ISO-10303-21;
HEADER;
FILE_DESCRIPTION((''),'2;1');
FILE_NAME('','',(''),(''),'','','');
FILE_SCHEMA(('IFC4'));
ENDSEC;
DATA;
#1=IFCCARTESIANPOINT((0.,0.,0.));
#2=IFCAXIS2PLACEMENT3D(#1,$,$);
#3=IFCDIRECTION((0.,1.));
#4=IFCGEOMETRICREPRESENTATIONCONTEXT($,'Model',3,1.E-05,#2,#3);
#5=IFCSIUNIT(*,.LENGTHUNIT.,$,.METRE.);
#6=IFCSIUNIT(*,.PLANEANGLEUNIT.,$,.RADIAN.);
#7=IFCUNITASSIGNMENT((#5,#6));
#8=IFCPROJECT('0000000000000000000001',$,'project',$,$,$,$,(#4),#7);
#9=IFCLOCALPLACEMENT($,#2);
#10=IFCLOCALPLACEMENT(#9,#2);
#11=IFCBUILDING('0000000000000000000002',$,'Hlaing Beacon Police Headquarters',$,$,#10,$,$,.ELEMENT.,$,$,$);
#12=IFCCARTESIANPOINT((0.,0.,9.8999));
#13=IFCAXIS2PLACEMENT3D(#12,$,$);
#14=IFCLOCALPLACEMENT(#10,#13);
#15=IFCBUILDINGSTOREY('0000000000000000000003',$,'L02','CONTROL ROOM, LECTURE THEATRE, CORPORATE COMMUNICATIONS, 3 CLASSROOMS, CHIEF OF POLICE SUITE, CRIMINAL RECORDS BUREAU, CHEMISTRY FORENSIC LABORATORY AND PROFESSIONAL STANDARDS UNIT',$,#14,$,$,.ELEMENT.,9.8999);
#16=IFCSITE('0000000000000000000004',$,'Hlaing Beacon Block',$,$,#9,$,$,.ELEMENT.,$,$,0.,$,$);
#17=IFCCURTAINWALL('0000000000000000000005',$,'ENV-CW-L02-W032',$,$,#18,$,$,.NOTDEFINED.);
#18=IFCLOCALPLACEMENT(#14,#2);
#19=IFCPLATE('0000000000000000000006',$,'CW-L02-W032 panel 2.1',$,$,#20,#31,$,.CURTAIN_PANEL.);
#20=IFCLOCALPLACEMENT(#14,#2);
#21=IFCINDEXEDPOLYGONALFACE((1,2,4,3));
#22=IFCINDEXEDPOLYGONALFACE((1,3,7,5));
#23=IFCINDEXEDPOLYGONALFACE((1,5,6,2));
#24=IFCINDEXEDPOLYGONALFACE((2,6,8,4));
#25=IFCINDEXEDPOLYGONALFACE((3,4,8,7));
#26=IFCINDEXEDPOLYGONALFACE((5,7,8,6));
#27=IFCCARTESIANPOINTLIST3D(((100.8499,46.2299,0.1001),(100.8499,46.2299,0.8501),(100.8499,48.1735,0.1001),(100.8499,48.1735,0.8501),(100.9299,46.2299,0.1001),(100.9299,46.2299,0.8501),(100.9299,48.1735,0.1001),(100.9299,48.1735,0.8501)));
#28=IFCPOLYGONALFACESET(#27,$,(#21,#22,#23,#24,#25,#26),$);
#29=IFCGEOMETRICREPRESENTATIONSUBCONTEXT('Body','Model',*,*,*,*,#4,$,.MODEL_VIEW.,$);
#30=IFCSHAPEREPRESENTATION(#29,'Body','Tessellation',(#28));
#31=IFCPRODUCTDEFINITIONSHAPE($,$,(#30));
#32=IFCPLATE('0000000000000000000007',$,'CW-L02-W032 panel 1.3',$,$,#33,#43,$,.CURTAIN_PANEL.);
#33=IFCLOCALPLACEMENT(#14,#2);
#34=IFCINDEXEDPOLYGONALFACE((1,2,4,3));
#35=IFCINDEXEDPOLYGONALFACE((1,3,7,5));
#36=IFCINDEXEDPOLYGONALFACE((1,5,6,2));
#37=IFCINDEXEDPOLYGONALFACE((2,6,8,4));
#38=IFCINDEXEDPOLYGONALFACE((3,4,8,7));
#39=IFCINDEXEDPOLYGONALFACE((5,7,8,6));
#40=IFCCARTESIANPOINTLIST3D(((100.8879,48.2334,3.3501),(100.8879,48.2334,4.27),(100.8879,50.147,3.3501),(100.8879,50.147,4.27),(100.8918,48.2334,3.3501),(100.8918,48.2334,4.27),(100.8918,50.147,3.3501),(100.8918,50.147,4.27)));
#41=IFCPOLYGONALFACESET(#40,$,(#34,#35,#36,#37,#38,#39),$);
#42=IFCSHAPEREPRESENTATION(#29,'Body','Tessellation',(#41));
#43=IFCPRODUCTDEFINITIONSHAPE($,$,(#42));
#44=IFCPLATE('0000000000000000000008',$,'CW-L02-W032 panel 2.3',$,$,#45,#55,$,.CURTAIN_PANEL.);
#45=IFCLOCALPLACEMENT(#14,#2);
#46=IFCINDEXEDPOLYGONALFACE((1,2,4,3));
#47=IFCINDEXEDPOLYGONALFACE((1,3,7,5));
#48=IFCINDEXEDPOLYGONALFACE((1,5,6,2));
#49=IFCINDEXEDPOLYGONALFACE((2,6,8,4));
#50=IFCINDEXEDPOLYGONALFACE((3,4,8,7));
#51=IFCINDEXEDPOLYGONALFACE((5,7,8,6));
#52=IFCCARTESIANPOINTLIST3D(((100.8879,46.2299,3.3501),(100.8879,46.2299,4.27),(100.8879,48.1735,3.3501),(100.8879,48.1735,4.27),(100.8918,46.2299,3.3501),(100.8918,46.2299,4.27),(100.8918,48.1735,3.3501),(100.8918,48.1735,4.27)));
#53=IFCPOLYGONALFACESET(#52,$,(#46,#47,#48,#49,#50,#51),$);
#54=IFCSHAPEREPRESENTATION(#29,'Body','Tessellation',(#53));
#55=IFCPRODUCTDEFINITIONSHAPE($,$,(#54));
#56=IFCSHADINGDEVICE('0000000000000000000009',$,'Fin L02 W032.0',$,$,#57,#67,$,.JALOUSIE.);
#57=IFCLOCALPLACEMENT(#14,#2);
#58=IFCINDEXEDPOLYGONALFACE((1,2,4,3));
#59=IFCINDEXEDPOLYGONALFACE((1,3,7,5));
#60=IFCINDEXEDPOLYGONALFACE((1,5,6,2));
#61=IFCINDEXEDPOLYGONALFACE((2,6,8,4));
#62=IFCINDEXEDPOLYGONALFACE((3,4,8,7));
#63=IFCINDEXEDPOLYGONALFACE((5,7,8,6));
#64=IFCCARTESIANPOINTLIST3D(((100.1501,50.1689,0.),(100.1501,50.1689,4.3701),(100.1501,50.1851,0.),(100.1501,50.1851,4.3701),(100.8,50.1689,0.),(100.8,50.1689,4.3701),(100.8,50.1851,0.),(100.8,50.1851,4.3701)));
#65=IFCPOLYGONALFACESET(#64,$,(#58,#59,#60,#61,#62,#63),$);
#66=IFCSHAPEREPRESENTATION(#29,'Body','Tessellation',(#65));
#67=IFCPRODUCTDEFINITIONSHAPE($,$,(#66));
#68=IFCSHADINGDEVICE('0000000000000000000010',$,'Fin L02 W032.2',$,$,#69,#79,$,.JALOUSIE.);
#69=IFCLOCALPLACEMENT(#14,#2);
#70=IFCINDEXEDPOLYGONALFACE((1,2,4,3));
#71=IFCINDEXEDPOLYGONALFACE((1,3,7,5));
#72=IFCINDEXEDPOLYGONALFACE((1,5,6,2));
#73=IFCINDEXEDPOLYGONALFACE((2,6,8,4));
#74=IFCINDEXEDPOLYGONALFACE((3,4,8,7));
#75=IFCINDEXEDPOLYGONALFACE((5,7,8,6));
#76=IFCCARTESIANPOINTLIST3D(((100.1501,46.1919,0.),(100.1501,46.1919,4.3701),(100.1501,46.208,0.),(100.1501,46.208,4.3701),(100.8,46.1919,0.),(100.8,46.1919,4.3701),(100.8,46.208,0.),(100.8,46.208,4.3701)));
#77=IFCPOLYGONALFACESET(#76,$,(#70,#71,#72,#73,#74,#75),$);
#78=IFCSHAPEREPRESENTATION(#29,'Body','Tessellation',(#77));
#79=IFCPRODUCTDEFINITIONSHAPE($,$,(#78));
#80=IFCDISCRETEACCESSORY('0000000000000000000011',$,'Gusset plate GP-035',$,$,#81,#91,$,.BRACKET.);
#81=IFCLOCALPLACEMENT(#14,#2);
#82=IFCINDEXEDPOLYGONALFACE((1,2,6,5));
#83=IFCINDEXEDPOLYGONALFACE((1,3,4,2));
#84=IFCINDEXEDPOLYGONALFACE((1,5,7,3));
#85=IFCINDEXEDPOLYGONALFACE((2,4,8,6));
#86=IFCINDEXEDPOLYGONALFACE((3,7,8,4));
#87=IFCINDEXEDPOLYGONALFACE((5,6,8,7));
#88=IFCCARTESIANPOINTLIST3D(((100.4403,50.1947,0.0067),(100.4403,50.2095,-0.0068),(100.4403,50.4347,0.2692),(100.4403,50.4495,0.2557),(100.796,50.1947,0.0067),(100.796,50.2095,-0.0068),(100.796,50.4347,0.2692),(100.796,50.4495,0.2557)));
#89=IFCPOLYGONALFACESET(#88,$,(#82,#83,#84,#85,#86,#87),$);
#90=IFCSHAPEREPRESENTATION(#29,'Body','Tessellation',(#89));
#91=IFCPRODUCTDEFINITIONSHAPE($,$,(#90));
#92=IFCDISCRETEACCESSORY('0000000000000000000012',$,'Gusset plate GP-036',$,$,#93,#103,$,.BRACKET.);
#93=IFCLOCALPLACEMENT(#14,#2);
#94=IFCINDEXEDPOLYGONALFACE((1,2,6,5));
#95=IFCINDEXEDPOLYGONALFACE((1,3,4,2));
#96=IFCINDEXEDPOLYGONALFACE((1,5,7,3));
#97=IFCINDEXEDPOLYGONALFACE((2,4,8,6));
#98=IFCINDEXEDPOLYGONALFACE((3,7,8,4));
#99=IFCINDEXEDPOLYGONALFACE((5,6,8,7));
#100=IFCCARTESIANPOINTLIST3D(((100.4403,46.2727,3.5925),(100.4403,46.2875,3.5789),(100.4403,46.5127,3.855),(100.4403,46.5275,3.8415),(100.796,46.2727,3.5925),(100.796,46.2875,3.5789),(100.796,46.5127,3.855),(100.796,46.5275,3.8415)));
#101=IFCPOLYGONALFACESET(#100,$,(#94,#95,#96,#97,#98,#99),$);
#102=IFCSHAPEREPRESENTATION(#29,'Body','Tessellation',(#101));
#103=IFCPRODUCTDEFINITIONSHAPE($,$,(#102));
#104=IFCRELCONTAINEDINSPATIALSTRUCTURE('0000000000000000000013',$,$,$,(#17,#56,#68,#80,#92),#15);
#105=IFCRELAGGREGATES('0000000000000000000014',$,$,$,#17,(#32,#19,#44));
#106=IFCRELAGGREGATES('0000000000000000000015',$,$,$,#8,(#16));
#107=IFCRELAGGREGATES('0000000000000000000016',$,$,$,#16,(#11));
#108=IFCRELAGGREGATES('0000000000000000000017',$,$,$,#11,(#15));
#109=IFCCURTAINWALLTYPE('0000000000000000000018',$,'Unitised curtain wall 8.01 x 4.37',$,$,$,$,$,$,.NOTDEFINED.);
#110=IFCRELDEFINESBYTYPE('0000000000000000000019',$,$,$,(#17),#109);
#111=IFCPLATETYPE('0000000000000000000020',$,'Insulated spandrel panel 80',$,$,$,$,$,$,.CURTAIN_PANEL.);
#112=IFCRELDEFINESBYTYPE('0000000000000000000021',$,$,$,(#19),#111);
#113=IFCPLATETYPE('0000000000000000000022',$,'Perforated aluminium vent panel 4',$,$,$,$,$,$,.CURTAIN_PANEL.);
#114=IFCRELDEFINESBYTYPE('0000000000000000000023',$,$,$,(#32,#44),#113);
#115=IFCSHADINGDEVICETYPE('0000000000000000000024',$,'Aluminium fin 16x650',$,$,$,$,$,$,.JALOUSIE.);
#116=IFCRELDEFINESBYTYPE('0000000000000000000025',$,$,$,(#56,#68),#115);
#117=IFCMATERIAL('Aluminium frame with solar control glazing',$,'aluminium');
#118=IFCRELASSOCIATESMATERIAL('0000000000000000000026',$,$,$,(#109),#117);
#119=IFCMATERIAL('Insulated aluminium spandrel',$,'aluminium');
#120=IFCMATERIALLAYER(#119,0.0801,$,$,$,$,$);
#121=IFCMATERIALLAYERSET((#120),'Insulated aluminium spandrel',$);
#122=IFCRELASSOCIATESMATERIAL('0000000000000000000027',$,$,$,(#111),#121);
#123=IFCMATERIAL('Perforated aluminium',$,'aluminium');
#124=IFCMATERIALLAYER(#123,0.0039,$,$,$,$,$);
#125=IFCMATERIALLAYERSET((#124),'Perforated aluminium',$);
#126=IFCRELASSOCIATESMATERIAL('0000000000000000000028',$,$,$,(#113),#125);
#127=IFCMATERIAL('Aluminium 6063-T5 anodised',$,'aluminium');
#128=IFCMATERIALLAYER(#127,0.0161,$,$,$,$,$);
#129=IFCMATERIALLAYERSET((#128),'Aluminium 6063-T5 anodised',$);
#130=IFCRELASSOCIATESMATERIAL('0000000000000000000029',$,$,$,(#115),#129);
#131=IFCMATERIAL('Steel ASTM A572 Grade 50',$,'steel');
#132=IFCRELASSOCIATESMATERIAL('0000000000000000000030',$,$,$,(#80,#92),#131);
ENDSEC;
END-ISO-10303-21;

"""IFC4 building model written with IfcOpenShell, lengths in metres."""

from ifc_helpers import new_model, si_unit, direction, frame, origin, origin_2d, place, context, subcontext, project, spatial, rectangle, extrude, material, layer, layer_set, type_object, element, aggregate, save


model = new_model("IFC4")

# Units and contexts
model_context = context("Model", 3, precision=1e-05, world=origin(), true_north=direction((0.0, 1.0)))
body_context = subcontext(model_context, "Body", "Model", "MODEL_VIEW")
ifc_project = project(units=[si_unit("LENGTHUNIT", "METRE"), si_unit("PLANEANGLEUNIT", "RADIAN")], contexts=[model_context])

# Site, building, storey
site_placement = place(None, origin())
site = spatial("IfcSite", under=ifc_project, at=site_placement, Name="Hlaing Beacon Block", CompositionType="ELEMENT", RefElevation=0.0)
building_placement = place(site_placement, origin())
building = spatial("IfcBuilding", under=site, at=building_placement, Name="Hlaing Beacon Police Headquarters", CompositionType="ELEMENT")
storey_placement = place(building_placement, frame((0.0, 0.0, 9.8999)))
storey = spatial("IfcBuildingStorey", under=building, at=storey_placement, Name="L02", Description="CONTROL ROOM, LECTURE THEATRE, CORPORATE COMMUNICATIONS, 3 CLASSROOMS, CHIEF OF POLICE SUITE, CRIMINAL RECORDS BUREAU, CHEMISTRY FORENSIC LABORATORY AND PROFESSIONAL STANDARDS UNIT", CompositionType="ELEMENT", Elevation=9.8999)

# Curtain wall, plates
ifc_material_1 = material(Name="Aluminium frame with solar control glazing", Category="aluminium")
curtain_wall_type = type_object("IfcCurtainWallType", Name="Unitised curtain wall 8.01 x 4.37", PredefinedType="NOTDEFINED", material=ifc_material_1)
curtain_wall_placement = place(storey_placement, origin())
curtain_wall = element("IfcCurtainWall", 1, at=curtain_wall_placement, inside=storey, type_object=curtain_wall_type, Name="ENV-CW-L02-W032", PredefinedType="NOTDEFINED")
ifc_material_2 = material(Name="Insulated aluminium spandrel", Category="aluminium")
ifc_layer_1 = layer(ifc_material_2, 0.0801)
ifc_layer_set_1 = layer_set([ifc_layer_1], Name="Insulated aluminium spandrel")
plate_type_1 = type_object("IfcPlateType", Name="Insulated spandrel panel 80", PredefinedType="CURTAIN_PANEL", material=ifc_layer_set_1)
plate_1_placement = place(storey_placement, frame((100.8899, 47.2017, 0.1001), z_axis=(0.0, 0.0, 1.0), x_axis=(0.0, -1.0, 0.0)))
plate_1 = element("IfcPlate", 2, at=plate_1_placement, type_object=plate_type_1, Name="CW-L02-W032 panel 2.1", PredefinedType="CURTAIN_PANEL", context=body_context, shape_type="SweptSolid", body=[
    extrude(rectangle(XDim=1.9436, YDim=0.0801, at=origin_2d()), origin(), (0.0, 0.0, 1.0), 0.75),
])
ifc_material_3 = material(Name="Perforated aluminium", Category="aluminium")
ifc_layer_2 = layer(ifc_material_3, 0.0039)
ifc_layer_set_2 = layer_set([ifc_layer_2], Name="Perforated aluminium")
plate_type_2 = type_object("IfcPlateType", Name="Perforated aluminium vent panel 4", PredefinedType="CURTAIN_PANEL", material=ifc_layer_set_2)
plate_2_placement = place(storey_placement, frame((100.8899, 49.1902, 3.3501), z_axis=(0.0, 0.0, 1.0), x_axis=(0.0, -1.0, 0.0)))
plate_2 = element("IfcPlate", 3, at=plate_2_placement, type_object=plate_type_2, Name="CW-L02-W032 panel 1.3", PredefinedType="CURTAIN_PANEL", context=body_context, shape_type="SweptSolid", body=[
    extrude(rectangle(XDim=1.9136, YDim=0.0039, at=origin_2d()), origin(), (0.0, 0.0, 1.0), 0.9199),
])
plate_3_placement = place(storey_placement, frame((100.8899, 47.2017, 3.3501), z_axis=(0.0, 0.0, 1.0), x_axis=(0.0, -1.0, 0.0)))
plate_3 = element("IfcPlate", 4, at=plate_3_placement, type_object=plate_type_2, Name="CW-L02-W032 panel 2.3", PredefinedType="CURTAIN_PANEL", context=body_context, shape_type="SweptSolid", body=[
    extrude(rectangle(XDim=1.9436, YDim=0.0039, at=origin_2d()), origin(), (0.0, 0.0, 1.0), 0.9199),
])
aggregate(curtain_wall, [plate_2, plate_1, plate_3])

# Shading devices
ifc_material_4 = material(Name="Aluminium 6063-T5 anodised", Category="aluminium")
ifc_layer_3 = layer(ifc_material_4, 0.0161)
ifc_layer_set_3 = layer_set([ifc_layer_3], Name="Aluminium 6063-T5 anodised")
shading_device_type = type_object("IfcShadingDeviceType", Name="Aluminium fin 16x650", PredefinedType="JALOUSIE", material=ifc_layer_set_3)
for number, where, z_axis, x_axis, name in (
    (5, (100.4751, 50.177, 0.0), (0.0, 0.0, 1.0), (0.0, -1.0, 0.0), "Fin L02 W032.0"),
    (6, (100.4751, 46.2, 0.0), (0.0, 0.0, 1.0), (0.0, -1.0, 0.0), "Fin L02 W032.2"),
):
    element("IfcShadingDevice", number, at=place(storey_placement, frame(where, z_axis=z_axis, x_axis=x_axis)), inside=storey, type_object=shading_device_type, Name=name, PredefinedType="JALOUSIE", context=body_context, shape_type="SweptSolid", body=[
        extrude(rectangle(XDim=0.0161, YDim=0.6499, at=origin_2d()), origin(), (0.0, 0.0, 1.0), 4.3701),
    ])

# Discrete accessories
ifc_material_5 = material(Name="Steel ASTM A572 Grade 50", Category="steel")
for number, where, z_axis, x_axis, name in (
    (7, (100.6182, 50.3147, 0.1379), (0.0, 0.738029, -0.674769), (-1.0, 0.0, 0.0), "Gusset plate GP-035"),
    (8, (100.6182, 46.4075, 3.7102), (0.0, -0.738029, 0.674769), (1.0, 0.0, 0.0), "Gusset plate GP-036"),
):
    element("IfcDiscreteAccessory", number, at=place(storey_placement, frame(where, z_axis=z_axis, x_axis=x_axis)), inside=storey, material=ifc_material_5, Name=name, PredefinedType="BRACKET", context=body_context, shape_type="SweptSolid", body=[
        extrude(rectangle(XDim=0.3557, YDim=0.3557, at=origin_2d()), origin(), (0.0, 0.0, 1.0), 0.02),
    ])

save(model, "model.ifc")
